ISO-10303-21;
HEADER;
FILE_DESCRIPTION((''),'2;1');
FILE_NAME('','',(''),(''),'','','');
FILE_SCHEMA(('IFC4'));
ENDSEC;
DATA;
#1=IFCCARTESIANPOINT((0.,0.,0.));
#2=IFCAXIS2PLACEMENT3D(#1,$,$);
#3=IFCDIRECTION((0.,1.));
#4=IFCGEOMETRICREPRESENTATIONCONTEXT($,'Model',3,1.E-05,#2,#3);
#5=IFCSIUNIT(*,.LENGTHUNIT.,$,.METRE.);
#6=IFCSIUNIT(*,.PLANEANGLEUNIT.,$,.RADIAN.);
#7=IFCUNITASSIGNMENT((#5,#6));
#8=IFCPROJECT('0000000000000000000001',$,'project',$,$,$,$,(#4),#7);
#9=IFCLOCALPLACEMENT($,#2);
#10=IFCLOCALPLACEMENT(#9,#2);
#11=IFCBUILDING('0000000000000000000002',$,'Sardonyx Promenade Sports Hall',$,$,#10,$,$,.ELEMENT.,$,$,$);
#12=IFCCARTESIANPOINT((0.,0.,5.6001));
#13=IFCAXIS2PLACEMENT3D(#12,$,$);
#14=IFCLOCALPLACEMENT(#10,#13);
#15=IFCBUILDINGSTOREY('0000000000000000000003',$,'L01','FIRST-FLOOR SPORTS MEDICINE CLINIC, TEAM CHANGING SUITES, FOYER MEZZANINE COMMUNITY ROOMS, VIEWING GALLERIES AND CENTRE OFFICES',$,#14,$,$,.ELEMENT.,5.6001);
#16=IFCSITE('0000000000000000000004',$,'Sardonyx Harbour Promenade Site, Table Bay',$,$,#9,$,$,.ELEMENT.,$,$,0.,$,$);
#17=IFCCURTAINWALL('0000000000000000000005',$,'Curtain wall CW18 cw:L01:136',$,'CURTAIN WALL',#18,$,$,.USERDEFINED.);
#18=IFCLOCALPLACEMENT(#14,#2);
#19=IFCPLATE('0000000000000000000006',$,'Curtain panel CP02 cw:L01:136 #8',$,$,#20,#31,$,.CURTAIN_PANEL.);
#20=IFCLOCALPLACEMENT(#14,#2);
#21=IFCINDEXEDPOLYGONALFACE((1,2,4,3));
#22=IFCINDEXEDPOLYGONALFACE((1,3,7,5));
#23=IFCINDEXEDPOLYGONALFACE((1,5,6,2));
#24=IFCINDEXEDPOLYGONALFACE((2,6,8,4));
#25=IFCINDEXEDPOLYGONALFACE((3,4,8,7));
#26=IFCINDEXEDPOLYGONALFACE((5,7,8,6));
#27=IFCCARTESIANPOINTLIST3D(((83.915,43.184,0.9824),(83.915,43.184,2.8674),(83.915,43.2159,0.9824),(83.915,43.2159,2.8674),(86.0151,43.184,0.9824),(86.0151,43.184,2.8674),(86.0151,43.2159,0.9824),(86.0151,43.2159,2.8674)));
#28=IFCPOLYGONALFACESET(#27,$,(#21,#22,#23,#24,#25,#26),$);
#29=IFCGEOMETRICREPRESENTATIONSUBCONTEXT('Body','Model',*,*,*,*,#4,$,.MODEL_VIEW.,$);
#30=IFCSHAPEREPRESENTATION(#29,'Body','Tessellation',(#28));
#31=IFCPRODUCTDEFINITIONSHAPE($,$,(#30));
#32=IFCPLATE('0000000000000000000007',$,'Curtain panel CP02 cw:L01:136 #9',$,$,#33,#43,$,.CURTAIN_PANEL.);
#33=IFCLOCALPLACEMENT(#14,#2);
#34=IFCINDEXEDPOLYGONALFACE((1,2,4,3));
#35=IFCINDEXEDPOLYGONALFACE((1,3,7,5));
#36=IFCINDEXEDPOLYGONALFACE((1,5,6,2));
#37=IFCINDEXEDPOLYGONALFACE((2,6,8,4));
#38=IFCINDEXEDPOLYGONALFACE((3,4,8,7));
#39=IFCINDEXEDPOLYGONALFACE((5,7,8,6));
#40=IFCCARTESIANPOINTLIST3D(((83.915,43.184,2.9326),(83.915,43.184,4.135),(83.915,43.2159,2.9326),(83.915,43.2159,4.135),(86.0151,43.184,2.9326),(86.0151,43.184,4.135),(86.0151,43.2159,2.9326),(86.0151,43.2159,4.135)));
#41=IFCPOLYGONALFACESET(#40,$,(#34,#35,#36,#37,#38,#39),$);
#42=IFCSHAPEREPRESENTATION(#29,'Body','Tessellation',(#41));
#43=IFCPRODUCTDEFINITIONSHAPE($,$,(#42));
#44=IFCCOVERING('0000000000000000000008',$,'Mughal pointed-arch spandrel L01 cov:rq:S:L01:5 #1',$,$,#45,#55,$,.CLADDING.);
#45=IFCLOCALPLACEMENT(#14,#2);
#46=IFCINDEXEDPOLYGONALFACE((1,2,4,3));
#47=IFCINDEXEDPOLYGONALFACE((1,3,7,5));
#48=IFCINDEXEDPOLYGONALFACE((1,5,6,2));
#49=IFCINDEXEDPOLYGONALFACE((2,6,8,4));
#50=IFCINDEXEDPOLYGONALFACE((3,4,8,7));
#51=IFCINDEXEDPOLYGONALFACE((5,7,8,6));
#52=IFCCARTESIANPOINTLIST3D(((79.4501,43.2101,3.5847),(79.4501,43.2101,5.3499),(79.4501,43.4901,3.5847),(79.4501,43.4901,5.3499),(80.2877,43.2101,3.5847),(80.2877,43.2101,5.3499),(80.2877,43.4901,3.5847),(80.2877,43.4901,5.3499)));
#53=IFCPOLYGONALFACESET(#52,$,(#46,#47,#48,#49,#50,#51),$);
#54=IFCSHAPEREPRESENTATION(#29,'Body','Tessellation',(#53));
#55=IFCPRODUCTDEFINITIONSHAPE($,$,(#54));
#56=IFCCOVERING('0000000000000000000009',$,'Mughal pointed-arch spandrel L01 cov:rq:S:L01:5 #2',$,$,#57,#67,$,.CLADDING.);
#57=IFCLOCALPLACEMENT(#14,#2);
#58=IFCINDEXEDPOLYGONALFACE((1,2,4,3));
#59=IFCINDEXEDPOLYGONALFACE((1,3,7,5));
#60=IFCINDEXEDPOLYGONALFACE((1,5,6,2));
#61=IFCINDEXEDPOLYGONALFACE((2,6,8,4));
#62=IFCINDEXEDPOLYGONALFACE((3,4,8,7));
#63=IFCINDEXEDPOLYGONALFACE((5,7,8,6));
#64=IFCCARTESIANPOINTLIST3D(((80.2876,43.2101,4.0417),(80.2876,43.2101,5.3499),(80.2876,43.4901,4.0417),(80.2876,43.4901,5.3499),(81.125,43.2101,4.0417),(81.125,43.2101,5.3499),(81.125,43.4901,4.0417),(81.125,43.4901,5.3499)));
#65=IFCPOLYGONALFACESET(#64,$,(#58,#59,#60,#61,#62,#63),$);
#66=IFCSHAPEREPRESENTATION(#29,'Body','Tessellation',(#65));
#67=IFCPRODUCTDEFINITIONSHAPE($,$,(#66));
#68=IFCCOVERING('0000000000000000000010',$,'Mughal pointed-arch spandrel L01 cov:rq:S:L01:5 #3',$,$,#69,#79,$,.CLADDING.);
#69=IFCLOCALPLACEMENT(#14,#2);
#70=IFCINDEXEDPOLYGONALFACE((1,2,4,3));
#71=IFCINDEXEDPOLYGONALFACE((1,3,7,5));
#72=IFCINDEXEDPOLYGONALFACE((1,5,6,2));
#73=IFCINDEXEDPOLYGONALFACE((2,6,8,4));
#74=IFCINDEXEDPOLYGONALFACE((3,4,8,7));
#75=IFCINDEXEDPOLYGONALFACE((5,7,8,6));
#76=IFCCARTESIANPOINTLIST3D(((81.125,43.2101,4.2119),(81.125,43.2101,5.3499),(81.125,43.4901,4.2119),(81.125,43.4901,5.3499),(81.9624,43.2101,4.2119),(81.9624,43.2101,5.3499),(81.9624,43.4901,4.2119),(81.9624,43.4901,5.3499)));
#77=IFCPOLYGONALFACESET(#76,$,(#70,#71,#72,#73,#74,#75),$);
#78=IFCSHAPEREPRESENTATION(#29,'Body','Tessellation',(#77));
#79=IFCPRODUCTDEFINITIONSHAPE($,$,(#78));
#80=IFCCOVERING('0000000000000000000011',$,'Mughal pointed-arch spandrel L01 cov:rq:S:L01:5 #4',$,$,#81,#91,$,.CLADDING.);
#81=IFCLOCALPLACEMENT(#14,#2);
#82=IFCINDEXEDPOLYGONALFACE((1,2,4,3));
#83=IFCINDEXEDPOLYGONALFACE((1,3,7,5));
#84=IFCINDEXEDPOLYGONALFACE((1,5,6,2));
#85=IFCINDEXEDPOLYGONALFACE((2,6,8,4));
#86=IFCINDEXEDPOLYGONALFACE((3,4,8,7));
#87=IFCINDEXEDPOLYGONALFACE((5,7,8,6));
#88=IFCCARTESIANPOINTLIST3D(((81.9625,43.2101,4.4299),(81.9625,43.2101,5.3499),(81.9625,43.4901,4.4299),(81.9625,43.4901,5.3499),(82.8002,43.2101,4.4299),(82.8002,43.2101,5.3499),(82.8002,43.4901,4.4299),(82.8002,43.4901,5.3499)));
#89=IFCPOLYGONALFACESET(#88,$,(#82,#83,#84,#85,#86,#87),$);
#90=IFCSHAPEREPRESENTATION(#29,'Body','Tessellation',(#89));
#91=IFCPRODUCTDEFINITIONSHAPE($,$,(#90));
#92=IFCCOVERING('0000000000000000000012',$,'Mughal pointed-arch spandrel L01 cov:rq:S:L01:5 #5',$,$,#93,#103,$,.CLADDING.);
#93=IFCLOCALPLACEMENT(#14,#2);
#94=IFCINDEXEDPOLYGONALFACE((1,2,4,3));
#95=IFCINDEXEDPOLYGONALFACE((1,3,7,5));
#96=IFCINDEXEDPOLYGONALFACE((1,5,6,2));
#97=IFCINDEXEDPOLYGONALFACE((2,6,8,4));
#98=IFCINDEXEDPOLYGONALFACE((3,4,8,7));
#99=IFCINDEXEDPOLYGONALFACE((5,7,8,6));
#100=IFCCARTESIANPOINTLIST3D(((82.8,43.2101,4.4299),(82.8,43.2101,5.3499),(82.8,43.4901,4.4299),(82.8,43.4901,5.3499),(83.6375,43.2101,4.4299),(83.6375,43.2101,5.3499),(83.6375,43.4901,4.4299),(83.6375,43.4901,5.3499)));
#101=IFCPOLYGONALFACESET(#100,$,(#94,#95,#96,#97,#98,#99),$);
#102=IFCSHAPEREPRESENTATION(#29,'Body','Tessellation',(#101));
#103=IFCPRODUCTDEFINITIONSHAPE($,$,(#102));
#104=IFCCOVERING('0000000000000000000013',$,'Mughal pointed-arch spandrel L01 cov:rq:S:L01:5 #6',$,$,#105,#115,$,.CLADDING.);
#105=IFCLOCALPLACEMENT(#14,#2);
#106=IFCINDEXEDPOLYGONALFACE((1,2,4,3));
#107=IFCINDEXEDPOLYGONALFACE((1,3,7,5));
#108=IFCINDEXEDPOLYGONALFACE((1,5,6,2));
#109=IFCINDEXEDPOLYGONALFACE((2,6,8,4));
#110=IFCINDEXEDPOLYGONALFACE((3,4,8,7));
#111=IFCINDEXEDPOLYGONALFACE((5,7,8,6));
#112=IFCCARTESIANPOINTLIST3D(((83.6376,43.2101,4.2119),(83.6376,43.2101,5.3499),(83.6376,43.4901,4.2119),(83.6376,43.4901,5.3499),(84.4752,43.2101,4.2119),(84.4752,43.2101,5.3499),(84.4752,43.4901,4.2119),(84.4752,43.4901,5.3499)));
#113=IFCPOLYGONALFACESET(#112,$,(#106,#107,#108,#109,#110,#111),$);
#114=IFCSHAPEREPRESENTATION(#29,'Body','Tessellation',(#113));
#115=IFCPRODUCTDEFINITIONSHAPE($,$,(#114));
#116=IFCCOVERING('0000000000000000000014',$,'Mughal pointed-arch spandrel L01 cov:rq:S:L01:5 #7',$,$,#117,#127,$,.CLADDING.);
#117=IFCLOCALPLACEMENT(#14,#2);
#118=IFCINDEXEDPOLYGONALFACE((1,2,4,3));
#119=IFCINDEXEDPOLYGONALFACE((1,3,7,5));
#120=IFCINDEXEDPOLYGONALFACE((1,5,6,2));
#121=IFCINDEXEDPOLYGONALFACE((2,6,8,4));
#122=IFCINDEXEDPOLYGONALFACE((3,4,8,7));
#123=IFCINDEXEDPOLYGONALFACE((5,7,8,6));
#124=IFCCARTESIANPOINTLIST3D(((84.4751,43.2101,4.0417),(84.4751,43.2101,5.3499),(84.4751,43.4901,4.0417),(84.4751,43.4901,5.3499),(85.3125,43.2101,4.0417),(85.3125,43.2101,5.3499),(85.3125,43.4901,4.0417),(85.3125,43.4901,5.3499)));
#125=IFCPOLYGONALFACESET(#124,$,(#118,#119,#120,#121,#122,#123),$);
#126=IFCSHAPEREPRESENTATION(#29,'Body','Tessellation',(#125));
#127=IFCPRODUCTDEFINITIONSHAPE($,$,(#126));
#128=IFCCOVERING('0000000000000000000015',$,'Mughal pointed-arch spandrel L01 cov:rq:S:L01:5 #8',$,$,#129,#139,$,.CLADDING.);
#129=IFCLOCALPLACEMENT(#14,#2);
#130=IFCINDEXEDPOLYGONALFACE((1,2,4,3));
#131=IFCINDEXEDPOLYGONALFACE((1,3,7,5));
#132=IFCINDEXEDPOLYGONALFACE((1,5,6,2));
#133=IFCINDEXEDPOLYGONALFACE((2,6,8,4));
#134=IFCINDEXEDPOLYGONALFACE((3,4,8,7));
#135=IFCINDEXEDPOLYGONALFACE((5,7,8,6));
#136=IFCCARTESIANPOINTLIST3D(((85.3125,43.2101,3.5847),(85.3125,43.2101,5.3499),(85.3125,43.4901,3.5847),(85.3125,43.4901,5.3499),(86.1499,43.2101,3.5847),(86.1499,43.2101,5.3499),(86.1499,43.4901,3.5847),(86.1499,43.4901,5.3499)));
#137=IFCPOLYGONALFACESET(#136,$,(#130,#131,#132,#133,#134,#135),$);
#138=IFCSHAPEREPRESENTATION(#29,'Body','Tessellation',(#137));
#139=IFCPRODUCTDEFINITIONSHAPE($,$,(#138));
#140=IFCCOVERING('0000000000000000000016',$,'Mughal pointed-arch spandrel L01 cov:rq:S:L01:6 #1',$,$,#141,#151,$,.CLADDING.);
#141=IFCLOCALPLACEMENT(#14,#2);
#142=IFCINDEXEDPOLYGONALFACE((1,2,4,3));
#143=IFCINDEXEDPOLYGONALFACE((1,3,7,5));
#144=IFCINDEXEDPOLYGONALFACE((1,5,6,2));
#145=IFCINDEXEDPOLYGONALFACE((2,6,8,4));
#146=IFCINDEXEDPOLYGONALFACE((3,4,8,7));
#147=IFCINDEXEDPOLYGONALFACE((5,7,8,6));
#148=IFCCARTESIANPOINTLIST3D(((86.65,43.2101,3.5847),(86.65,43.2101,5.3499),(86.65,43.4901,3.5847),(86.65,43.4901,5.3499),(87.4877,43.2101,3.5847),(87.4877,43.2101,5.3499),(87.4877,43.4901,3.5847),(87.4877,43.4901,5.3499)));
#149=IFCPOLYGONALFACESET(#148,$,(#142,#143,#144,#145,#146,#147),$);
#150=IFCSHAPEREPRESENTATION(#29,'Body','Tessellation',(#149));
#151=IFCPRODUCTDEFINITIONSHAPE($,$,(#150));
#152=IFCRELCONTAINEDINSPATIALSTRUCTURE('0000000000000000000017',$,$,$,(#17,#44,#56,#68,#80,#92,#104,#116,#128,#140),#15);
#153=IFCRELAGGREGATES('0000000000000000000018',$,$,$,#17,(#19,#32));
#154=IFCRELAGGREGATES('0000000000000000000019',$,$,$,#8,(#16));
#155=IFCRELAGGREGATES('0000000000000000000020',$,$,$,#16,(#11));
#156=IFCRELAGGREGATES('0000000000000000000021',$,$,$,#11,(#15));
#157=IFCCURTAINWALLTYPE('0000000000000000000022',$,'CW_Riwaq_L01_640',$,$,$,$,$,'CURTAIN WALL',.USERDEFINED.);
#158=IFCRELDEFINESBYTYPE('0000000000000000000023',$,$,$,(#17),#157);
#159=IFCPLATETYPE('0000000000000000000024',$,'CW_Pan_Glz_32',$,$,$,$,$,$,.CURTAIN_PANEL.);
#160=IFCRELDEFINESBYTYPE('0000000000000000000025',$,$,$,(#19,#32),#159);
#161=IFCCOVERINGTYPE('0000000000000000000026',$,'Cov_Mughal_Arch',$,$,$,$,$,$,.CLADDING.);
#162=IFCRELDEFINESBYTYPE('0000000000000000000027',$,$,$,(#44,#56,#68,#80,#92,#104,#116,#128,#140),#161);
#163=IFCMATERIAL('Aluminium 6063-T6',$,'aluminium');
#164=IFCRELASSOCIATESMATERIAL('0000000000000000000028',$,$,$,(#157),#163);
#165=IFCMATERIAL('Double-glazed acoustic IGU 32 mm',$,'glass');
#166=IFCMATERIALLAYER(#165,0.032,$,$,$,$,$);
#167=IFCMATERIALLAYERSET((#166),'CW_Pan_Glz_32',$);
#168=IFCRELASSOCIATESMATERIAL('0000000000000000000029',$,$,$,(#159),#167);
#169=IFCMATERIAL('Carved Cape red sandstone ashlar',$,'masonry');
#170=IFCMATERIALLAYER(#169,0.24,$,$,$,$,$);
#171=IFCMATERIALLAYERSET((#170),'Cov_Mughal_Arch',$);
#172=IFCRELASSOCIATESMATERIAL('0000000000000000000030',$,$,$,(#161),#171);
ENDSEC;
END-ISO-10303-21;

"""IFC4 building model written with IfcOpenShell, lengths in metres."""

from ifc_helpers import new_model, si_unit, direction, frame, frame_2d, origin, origin_2d, place, context, subcontext, project, spatial, rectangle, extrude, material, layer, layer_set, type_object, element, aggregate, save


model = new_model("IFC4")

# Units and contexts
model_context = context("Model", 3, precision=1e-05, world=origin(), true_north=direction((0.0, 1.0)))
body_context = subcontext(model_context, "Body", "Model", "MODEL_VIEW")
ifc_project = project(units=[si_unit("LENGTHUNIT", "METRE"), si_unit("PLANEANGLEUNIT", "RADIAN")], contexts=[model_context])

# Site, building, storey
site_placement = place(None, origin())
site = spatial("IfcSite", under=ifc_project, at=site_placement, Name="Sardonyx Harbour Promenade Site, Table Bay", CompositionType="ELEMENT", RefElevation=0.0)
building_placement = place(site_placement, origin())
building = spatial("IfcBuilding", under=site, at=building_placement, Name="Sardonyx Promenade Sports Hall", CompositionType="ELEMENT")
storey_placement = place(building_placement, frame((0.0, 0.0, 5.6001)))
storey = spatial("IfcBuildingStorey", under=building, at=storey_placement, Name="L01", Description="FIRST-FLOOR SPORTS MEDICINE CLINIC, TEAM CHANGING SUITES, FOYER MEZZANINE COMMUNITY ROOMS, VIEWING GALLERIES AND CENTRE OFFICES", CompositionType="ELEMENT", Elevation=5.6001)

# Curtain wall
ifc_material_1 = material(Name="Aluminium 6063-T6", Category="aluminium")
curtain_wall_type = type_object("IfcCurtainWallType", Name="CW_Riwaq_L01_640", ElementType="CURTAIN WALL", PredefinedType="USERDEFINED", material=ifc_material_1)
curtain_wall_1_placement = place(storey_placement, origin())
curtain_wall_1 = element("IfcCurtainWall", 1, at=curtain_wall_1_placement, inside=storey, type_object=curtain_wall_type, Name="Curtain wall CW18 cw:L01:136", ObjectType="CURTAIN WALL", PredefinedType="USERDEFINED")

# Plates
ifc_material_2 = material(Name="Double-glazed acoustic IGU 32 mm", Category="glass")
ifc_layer_1 = layer(ifc_material_2, 0.032)
ifc_layer_set_1 = layer_set([ifc_layer_1], Name="CW_Pan_Glz_32")
plate_type = type_object("IfcPlateType", Name="CW_Pan_Glz_32", PredefinedType="CURTAIN_PANEL", material=ifc_layer_set_1)
plate_1_placement = place(storey_placement, frame((84.9651, 43.2, 0.9824), z_axis=(0.0, 0.0, 1.0), x_axis=(1.0, 0.0, 0.0)))
plate_1 = element("IfcPlate", 2, at=plate_1_placement, type_object=plate_type, Name="Curtain panel CP02 cw:L01:136 #8", PredefinedType="CURTAIN_PANEL", context=body_context, shape_type="SweptSolid", body=[
    extrude(rectangle(XDim=2.1001, YDim=0.032, at=origin_2d()), origin(), (0.0, 0.0, 1.0), 1.885),
])
plate_2_placement = place(storey_placement, frame((84.9651, 43.2, 2.9326), z_axis=(0.0, 0.0, 1.0), x_axis=(1.0, 0.0, 0.0)))
plate_2 = element("IfcPlate", 3, at=plate_2_placement, type_object=plate_type, Name="Curtain panel CP02 cw:L01:136 #9", PredefinedType="CURTAIN_PANEL", context=body_context, shape_type="SweptSolid", body=[
    extrude(rectangle(XDim=2.1001, YDim=0.032, at=origin_2d()), origin(), (0.0, 0.0, 1.0), 1.2024),
])
aggregate(curtain_wall_1, [plate_1, plate_2])

# Coverings
ifc_material_3 = material(Name="Carved Cape red sandstone ashlar", Category="masonry")
ifc_layer_2 = layer(ifc_material_3, 0.24)
ifc_layer_set_2 = layer_set([ifc_layer_2], Name="Cov_Mughal_Arch")
covering_type = type_object("IfcCoveringType", Name="Cov_Mughal_Arch", PredefinedType="CLADDING", material=ifc_layer_set_2)
covering_1_placement = place(storey_placement, frame((79.45, 43.3501, 3.5847), z_axis=(0.0, 0.0, 1.0), x_axis=(1.0, 0.0, 0.0)))
element("IfcCovering", 4, at=covering_1_placement, inside=storey, type_object=covering_type, Name="Mughal pointed-arch spandrel L01 cov:rq:S:L01:5 #1", PredefinedType="CLADDING", context=body_context, shape_type="SweptSolid", body=[
    extrude(rectangle(XDim=0.8376, YDim=0.28, at=frame_2d((0.4189, 0.0))), origin(), (0.0, 0.0, 1.0), 1.7651),
])
covering_2_placement = place(storey_placement, frame((80.2876, 43.3501, 4.0417), z_axis=(0.0, 0.0, 1.0), x_axis=(1.0, 0.0, 0.0)))
element("IfcCovering", 5, at=covering_2_placement, inside=storey, type_object=covering_type, Name="Mughal pointed-arch spandrel L01 cov:rq:S:L01:5 #2", PredefinedType="CLADDING", context=body_context, shape_type="SweptSolid", body=[
    extrude(rectangle(XDim=0.8374, YDim=0.28, at=frame_2d((0.4187, 0.0))), origin(), (0.0, 0.0, 1.0), 1.3081),
])
covering_3_placement = place(storey_placement, frame((81.125, 43.3501, 4.2119), z_axis=(0.0, 0.0, 1.0), x_axis=(1.0, 0.0, 0.0)))
element("IfcCovering", 6, at=covering_3_placement, inside=storey, type_object=covering_type, Name="Mughal pointed-arch spandrel L01 cov:rq:S:L01:5 #3", PredefinedType="CLADDING", context=body_context, shape_type="SweptSolid", body=[
    extrude(rectangle(XDim=0.8374, YDim=0.28, at=frame_2d((0.4187, 0.0))), origin(), (0.0, 0.0, 1.0), 1.1379),
])
covering_4_placement = place(storey_placement, frame((81.9624, 43.3501, 4.4299), z_axis=(0.0, 0.0, 1.0), x_axis=(1.0, 0.0, 0.0)))
element("IfcCovering", 7, at=covering_4_placement, inside=storey, type_object=covering_type, Name="Mughal pointed-arch spandrel L01 cov:rq:S:L01:5 #4", PredefinedType="CLADDING", context=body_context, shape_type="SweptSolid", body=[
    extrude(rectangle(XDim=0.8376, YDim=0.28, at=frame_2d((0.4189, 0.0))), origin(), (0.0, 0.0, 1.0), 0.9199),
])
covering_5_placement = place(storey_placement, frame((82.8, 43.3501, 4.4299), z_axis=(0.0, 0.0, 1.0), x_axis=(1.0, 0.0, 0.0)))
element("IfcCovering", 8, at=covering_5_placement, inside=storey, type_object=covering_type, Name="Mughal pointed-arch spandrel L01 cov:rq:S:L01:5 #5", PredefinedType="CLADDING", context=body_context, shape_type="SweptSolid", body=[
    extrude(rectangle(XDim=0.8374, YDim=0.28, at=frame_2d((0.4187, 0.0))), origin(), (0.0, 0.0, 1.0), 0.9199),
])
covering_6_placement = place(storey_placement, frame((83.6375, 43.3501, 4.2119), z_axis=(0.0, 0.0, 1.0), x_axis=(1.0, 0.0, 0.0)))
element("IfcCovering", 9, at=covering_6_placement, inside=storey, type_object=covering_type, Name="Mughal pointed-arch spandrel L01 cov:rq:S:L01:5 #6", PredefinedType="CLADDING", context=body_context, shape_type="SweptSolid", body=[
    extrude(rectangle(XDim=0.8376, YDim=0.28, at=frame_2d((0.4189, 0.0))), origin(), (0.0, 0.0, 1.0), 1.1379),
])
covering_7_placement = place(storey_placement, frame((84.4751, 43.3501, 4.0417), z_axis=(0.0, 0.0, 1.0), x_axis=(1.0, 0.0, 0.0)))
element("IfcCovering", 10, at=covering_7_placement, inside=storey, type_object=covering_type, Name="Mughal pointed-arch spandrel L01 cov:rq:S:L01:5 #7", PredefinedType="CLADDING", context=body_context, shape_type="SweptSolid", body=[
    extrude(rectangle(XDim=0.8374, YDim=0.28, at=frame_2d((0.4187, 0.0))), origin(), (0.0, 0.0, 1.0), 1.3081),
])
covering_8_placement = place(storey_placement, frame((85.3125, 43.3501, 3.5847), z_axis=(0.0, 0.0, 1.0), x_axis=(1.0, 0.0, 0.0)))
element("IfcCovering", 11, at=covering_8_placement, inside=storey, type_object=covering_type, Name="Mughal pointed-arch spandrel L01 cov:rq:S:L01:5 #8", PredefinedType="CLADDING", context=body_context, shape_type="SweptSolid", body=[
    extrude(rectangle(XDim=0.8374, YDim=0.28, at=frame_2d((0.4187, 0.0))), origin(), (0.0, 0.0, 1.0), 1.7651),
])
covering_9_placement = place(storey_placement, frame((86.6499, 43.3501, 3.5847), z_axis=(0.0, 0.0, 1.0), x_axis=(1.0, 0.0, 0.0)))
element("IfcCovering", 12, at=covering_9_placement, inside=storey, type_object=covering_type, Name="Mughal pointed-arch spandrel L01 cov:rq:S:L01:6 #1", PredefinedType="CLADDING", context=body_context, shape_type="SweptSolid", body=[
    extrude(rectangle(XDim=0.8376, YDim=0.28, at=frame_2d((0.4189, 0.0))), origin(), (0.0, 0.0, 1.0), 1.7651),
])

save(model, "model.ifc")
